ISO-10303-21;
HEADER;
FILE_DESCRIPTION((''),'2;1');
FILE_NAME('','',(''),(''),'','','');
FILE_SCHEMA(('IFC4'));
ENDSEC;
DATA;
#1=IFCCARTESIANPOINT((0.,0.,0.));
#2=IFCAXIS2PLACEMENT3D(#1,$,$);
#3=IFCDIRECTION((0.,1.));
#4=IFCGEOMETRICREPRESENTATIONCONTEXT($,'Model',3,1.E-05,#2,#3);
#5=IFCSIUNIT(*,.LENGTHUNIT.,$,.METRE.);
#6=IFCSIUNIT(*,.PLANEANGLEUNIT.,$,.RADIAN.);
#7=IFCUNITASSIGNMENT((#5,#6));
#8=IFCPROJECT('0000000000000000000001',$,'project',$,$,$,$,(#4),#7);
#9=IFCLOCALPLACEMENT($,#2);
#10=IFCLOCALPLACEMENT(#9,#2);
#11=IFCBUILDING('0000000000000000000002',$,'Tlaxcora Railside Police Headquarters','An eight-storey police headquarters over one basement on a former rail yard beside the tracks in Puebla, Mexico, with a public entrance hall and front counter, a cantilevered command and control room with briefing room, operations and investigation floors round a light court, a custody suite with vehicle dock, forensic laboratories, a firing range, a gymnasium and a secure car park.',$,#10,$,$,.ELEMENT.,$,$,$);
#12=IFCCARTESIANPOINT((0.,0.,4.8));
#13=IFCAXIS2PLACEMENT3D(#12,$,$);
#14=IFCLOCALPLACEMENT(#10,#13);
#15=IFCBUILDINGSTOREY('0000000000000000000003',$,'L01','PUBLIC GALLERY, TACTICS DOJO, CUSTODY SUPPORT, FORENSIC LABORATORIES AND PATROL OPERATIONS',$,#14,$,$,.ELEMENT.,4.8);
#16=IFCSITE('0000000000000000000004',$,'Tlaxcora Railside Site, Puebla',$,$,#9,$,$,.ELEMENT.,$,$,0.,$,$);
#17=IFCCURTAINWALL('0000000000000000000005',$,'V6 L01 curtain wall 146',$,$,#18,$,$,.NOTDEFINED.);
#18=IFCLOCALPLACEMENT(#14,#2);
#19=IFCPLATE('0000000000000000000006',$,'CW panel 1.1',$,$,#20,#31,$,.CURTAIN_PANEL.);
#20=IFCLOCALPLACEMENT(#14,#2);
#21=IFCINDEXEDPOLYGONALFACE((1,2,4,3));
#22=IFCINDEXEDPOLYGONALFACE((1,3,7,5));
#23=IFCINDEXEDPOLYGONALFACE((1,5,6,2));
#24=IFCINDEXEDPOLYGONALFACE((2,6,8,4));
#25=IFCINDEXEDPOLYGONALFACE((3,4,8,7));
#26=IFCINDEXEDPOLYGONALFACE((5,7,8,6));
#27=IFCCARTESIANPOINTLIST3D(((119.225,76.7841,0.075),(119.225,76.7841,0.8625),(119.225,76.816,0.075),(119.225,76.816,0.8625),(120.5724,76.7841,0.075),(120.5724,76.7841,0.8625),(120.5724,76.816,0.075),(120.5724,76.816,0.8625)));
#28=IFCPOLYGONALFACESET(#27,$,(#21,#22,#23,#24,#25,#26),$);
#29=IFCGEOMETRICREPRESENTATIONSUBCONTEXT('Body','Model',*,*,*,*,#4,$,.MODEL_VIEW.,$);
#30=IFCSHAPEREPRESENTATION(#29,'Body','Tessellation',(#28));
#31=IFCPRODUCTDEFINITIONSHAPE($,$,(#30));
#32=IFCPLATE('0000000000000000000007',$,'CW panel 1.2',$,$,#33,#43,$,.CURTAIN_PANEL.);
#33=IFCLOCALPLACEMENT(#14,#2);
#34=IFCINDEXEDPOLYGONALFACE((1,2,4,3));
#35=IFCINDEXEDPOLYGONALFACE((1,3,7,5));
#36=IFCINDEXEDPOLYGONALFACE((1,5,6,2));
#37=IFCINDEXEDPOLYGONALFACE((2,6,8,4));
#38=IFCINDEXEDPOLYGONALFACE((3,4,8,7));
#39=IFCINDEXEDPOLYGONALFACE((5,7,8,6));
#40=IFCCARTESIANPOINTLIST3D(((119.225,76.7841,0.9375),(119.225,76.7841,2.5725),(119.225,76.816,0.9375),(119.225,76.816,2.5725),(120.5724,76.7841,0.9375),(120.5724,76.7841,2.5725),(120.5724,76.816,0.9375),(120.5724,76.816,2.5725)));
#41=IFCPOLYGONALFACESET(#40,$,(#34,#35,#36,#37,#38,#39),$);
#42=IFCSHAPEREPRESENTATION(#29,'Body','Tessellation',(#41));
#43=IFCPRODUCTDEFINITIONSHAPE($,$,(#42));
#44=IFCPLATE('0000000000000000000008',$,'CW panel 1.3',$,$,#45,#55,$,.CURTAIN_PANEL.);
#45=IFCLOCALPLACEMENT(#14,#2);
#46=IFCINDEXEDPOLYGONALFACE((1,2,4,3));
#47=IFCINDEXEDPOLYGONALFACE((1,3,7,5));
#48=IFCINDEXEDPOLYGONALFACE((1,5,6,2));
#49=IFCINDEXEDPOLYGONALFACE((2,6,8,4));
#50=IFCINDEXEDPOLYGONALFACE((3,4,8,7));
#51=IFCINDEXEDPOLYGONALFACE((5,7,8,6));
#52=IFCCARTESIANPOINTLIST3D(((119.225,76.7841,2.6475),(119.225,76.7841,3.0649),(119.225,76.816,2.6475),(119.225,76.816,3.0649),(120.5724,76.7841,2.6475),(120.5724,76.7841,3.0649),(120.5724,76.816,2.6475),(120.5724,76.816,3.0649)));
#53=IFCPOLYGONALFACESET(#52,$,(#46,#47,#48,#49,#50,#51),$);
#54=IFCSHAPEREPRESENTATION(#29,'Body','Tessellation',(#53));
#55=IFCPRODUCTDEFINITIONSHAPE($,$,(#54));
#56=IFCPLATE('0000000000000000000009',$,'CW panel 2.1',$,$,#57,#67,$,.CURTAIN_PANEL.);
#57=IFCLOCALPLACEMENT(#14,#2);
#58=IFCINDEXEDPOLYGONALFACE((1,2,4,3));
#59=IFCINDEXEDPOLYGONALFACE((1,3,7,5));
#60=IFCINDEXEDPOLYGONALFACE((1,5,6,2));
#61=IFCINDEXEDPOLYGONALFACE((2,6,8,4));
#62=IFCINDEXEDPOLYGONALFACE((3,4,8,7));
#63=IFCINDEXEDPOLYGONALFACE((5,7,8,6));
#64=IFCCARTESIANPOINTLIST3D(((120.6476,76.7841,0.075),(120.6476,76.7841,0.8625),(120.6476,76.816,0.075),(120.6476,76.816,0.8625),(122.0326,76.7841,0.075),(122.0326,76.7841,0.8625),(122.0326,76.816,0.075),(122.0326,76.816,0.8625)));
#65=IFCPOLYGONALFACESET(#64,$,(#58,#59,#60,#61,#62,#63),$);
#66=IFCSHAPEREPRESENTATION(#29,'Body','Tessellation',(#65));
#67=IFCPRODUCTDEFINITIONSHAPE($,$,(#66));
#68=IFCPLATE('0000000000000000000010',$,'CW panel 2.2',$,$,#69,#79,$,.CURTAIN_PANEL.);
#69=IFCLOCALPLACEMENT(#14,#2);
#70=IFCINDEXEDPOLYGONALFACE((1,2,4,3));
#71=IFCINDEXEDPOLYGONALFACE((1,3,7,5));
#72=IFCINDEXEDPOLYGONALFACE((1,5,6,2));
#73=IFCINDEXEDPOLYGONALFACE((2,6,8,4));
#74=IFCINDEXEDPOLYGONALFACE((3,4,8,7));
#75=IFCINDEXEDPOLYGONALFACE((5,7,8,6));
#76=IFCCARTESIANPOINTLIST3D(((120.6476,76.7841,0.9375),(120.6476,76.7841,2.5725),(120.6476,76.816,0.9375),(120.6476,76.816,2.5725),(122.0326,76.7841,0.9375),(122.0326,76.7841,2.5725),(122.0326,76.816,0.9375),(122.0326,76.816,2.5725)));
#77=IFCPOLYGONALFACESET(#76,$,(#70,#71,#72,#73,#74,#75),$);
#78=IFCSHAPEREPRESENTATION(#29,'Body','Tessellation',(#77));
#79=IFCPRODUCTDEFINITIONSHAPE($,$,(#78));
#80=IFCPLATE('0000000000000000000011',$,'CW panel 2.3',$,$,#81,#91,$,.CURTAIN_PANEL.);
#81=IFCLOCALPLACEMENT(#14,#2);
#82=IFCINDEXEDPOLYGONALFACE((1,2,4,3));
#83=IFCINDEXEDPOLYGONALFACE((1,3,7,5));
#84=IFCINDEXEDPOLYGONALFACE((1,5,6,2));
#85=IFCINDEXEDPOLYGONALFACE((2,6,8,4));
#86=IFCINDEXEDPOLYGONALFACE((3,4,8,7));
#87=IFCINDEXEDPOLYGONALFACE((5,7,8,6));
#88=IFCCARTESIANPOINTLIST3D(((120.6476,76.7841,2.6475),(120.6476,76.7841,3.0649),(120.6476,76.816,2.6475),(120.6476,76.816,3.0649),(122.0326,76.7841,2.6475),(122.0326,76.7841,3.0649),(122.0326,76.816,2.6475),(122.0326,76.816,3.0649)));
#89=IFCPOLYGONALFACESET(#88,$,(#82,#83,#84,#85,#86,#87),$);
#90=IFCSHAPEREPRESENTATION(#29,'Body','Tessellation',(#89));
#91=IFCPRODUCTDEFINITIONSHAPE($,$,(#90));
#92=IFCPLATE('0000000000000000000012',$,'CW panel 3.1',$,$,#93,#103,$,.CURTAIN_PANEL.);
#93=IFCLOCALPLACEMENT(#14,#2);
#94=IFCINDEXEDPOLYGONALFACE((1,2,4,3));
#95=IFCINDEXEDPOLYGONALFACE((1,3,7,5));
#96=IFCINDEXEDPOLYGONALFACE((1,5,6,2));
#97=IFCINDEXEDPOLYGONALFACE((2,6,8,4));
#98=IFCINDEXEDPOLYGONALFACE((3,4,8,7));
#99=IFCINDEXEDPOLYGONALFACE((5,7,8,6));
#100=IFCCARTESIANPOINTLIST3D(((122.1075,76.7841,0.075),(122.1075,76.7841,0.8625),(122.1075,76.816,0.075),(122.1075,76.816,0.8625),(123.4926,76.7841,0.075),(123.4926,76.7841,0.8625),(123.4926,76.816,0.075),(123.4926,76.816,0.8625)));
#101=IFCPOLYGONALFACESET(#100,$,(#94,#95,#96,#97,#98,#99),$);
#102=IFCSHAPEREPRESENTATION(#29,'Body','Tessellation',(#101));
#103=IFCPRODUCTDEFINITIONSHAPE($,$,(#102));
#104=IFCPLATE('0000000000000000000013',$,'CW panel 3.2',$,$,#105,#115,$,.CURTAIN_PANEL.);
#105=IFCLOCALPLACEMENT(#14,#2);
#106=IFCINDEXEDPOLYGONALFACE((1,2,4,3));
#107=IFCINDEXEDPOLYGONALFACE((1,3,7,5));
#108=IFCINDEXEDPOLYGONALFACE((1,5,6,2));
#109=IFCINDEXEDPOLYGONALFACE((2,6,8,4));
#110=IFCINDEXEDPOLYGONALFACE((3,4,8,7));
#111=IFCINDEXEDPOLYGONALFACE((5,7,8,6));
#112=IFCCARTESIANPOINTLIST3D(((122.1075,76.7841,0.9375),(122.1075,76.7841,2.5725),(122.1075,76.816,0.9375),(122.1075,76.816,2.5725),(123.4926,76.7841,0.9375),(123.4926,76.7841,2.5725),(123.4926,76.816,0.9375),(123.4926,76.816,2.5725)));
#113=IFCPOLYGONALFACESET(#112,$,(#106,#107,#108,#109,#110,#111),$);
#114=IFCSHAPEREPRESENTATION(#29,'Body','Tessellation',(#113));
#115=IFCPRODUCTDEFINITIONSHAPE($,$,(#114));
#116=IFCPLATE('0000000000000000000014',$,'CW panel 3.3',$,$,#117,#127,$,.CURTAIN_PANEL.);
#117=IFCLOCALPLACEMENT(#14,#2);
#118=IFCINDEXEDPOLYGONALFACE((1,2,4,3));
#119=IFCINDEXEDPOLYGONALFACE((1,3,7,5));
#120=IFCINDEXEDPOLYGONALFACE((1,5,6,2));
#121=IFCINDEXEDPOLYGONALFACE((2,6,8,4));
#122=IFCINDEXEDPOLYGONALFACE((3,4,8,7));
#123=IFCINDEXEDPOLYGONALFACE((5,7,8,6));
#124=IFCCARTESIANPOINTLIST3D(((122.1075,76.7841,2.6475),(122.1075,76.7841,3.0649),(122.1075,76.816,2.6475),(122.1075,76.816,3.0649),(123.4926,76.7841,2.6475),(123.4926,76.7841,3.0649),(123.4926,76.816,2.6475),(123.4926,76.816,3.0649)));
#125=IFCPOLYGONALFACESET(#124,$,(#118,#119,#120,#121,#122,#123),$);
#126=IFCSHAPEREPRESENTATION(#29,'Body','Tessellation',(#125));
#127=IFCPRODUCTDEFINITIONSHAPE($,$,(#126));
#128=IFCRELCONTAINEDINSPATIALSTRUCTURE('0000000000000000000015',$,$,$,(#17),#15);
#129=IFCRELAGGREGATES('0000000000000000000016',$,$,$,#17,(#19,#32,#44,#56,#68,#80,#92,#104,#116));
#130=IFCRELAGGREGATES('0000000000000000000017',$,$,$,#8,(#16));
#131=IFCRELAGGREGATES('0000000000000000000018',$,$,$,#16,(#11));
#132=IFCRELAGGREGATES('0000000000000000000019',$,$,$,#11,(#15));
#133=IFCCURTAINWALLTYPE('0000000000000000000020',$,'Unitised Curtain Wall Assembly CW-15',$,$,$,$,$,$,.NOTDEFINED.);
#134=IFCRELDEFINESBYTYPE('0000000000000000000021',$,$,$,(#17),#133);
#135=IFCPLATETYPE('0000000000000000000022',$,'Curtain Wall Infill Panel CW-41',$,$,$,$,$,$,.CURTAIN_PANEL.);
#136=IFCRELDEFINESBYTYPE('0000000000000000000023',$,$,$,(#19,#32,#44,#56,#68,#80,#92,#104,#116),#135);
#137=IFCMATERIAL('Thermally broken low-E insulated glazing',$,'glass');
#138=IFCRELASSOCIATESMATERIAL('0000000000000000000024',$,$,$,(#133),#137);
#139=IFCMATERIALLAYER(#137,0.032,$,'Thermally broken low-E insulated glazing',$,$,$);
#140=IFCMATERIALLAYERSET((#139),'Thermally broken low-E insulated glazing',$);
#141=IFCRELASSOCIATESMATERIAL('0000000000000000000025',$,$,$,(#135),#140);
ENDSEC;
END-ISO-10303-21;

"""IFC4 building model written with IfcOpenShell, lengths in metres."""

from ifc_helpers import new_model, si_unit, direction, frame, origin, origin_2d, place, context, subcontext, project, spatial, rectangle, extrude, material, layer, layer_set, type_object, element, aggregate, save


model = new_model("IFC4")

# Units and contexts
model_context = context("Model", 3, precision=1e-05, world=origin(), true_north=direction((0.0, 1.0)))
body_context = subcontext(model_context, "Body", "Model", "MODEL_VIEW")
ifc_project = project(units=[si_unit("LENGTHUNIT", "METRE"), si_unit("PLANEANGLEUNIT", "RADIAN")], contexts=[model_context])

# Site, building, storey
site_placement = place(None, origin())
site = spatial("IfcSite", under=ifc_project, at=site_placement, Name="Tlaxcora Railside Site, Puebla", CompositionType="ELEMENT", RefElevation=0.0)
building_placement = place(site_placement, origin())
building = spatial("IfcBuilding", under=site, at=building_placement, Name="Tlaxcora Railside Police Headquarters", Description="An eight-storey police headquarters over one basement on a former rail yard beside the tracks in Puebla, Mexico, with a public entrance hall and front counter, a cantilevered command and control room with briefing room, operations and investigation floors round a light court, a custody suite with vehicle dock, forensic laboratories, a firing range, a gymnasium and a secure car park.", CompositionType="ELEMENT")
storey_placement = place(building_placement, frame((0.0, 0.0, 4.8)))
storey = spatial("IfcBuildingStorey", under=building, at=storey_placement, Name="L01", Description="PUBLIC GALLERY, TACTICS DOJO, CUSTODY SUPPORT, FORENSIC LABORATORIES AND PATROL OPERATIONS", CompositionType="ELEMENT", Elevation=4.8)

# Curtain wall
ifc_material_1 = material(Name="Thermally broken low-E insulated glazing", Category="glass")
curtain_wall_type = type_object("IfcCurtainWallType", Name="Unitised Curtain Wall Assembly CW-15", PredefinedType="NOTDEFINED", material=ifc_material_1)
curtain_wall_placement = place(storey_placement, origin())
curtain_wall = element("IfcCurtainWall", 1, at=curtain_wall_placement, inside=storey, type_object=curtain_wall_type, Name="V6 L01 curtain wall 146", PredefinedType="NOTDEFINED")

# Plates
ifc_layer = layer(ifc_material_1, 0.032, Name="Thermally broken low-E insulated glazing")
ifc_layer_set = layer_set([ifc_layer], Name="Thermally broken low-E insulated glazing")
plate_type = type_object("IfcPlateType", Name="Curtain Wall Infill Panel CW-41", PredefinedType="CURTAIN_PANEL", material=ifc_layer_set)
plate_1_placement = place(storey_placement, frame((119.8987, 76.8, 0.075), z_axis=(0.0, 0.0, 1.0), x_axis=(1.0, 0.0, 0.0)))
plate_1 = element("IfcPlate", 2, at=plate_1_placement, type_object=plate_type, Name="CW panel 1.1", PredefinedType="CURTAIN_PANEL", context=body_context, shape_type="SweptSolid", body=[
    extrude(rectangle(XDim=1.3474, YDim=0.032, at=origin_2d()), origin(), (0.0, 0.0, 1.0), 0.7876),
])
plate_2_placement = place(storey_placement, frame((119.8987, 76.8, 0.9375), z_axis=(0.0, 0.0, 1.0), x_axis=(1.0, 0.0, 0.0)))
plate_2 = element("IfcPlate", 3, at=plate_2_placement, type_object=plate_type, Name="CW panel 1.2", PredefinedType="CURTAIN_PANEL", context=body_context, shape_type="SweptSolid", body=[
    extrude(rectangle(XDim=1.3474, YDim=0.032, at=origin_2d()), origin(), (0.0, 0.0, 1.0), 1.635),
])
plate_3_placement = place(storey_placement, frame((119.8987, 76.8, 2.6475), z_axis=(0.0, 0.0, 1.0), x_axis=(1.0, 0.0, 0.0)))
plate_3 = element("IfcPlate", 4, at=plate_3_placement, type_object=plate_type, Name="CW panel 1.3", PredefinedType="CURTAIN_PANEL", context=body_context, shape_type="SweptSolid", body=[
    extrude(rectangle(XDim=1.3474, YDim=0.032, at=origin_2d()), origin(), (0.0, 0.0, 1.0), 0.4175),
])
plate_4_placement = place(storey_placement, frame((121.3401, 76.8, 0.075), z_axis=(0.0, 0.0, 1.0), x_axis=(1.0, 0.0, 0.0)))
plate_4 = element("IfcPlate", 5, at=plate_4_placement, type_object=plate_type, Name="CW panel 2.1", PredefinedType="CURTAIN_PANEL", context=body_context, shape_type="SweptSolid", body=[
    extrude(rectangle(XDim=1.385, YDim=0.032, at=origin_2d()), origin(), (0.0, 0.0, 1.0), 0.7876),
])
plate_5_placement = place(storey_placement, frame((121.3401, 76.8, 0.9375), z_axis=(0.0, 0.0, 1.0), x_axis=(1.0, 0.0, 0.0)))
plate_5 = element("IfcPlate", 6, at=plate_5_placement, type_object=plate_type, Name="CW panel 2.2", PredefinedType="CURTAIN_PANEL", context=body_context, shape_type="SweptSolid", body=[
    extrude(rectangle(XDim=1.385, YDim=0.032, at=origin_2d()), origin(), (0.0, 0.0, 1.0), 1.635),
])
plate_6_placement = place(storey_placement, frame((121.3401, 76.8, 2.6475), z_axis=(0.0, 0.0, 1.0), x_axis=(1.0, 0.0, 0.0)))
plate_6 = element("IfcPlate", 7, at=plate_6_placement, type_object=plate_type, Name="CW panel 2.3", PredefinedType="CURTAIN_PANEL", context=body_context, shape_type="SweptSolid", body=[
    extrude(rectangle(XDim=1.385, YDim=0.032, at=origin_2d()), origin(), (0.0, 0.0, 1.0), 0.4175),
])
plate_7_placement = place(storey_placement, frame((122.8, 76.8, 0.075), z_axis=(0.0, 0.0, 1.0), x_axis=(1.0, 0.0, 0.0)))
plate_7 = element("IfcPlate", 8, at=plate_7_placement, type_object=plate_type, Name="CW panel 3.1", PredefinedType="CURTAIN_PANEL", context=body_context, shape_type="SweptSolid", body=[
    extrude(rectangle(XDim=1.385, YDim=0.032, at=origin_2d()), origin(), (0.0, 0.0, 1.0), 0.7876),
])
plate_8_placement = place(storey_placement, frame((122.8, 76.8, 0.9375), z_axis=(0.0, 0.0, 1.0), x_axis=(1.0, 0.0, 0.0)))
plate_8 = element("IfcPlate", 9, at=plate_8_placement, type_object=plate_type, Name="CW panel 3.2", PredefinedType="CURTAIN_PANEL", context=body_context, shape_type="SweptSolid", body=[
    extrude(rectangle(XDim=1.385, YDim=0.032, at=origin_2d()), origin(), (0.0, 0.0, 1.0), 1.635),
])
plate_9_placement = place(storey_placement, frame((122.8, 76.8, 2.6475), z_axis=(0.0, 0.0, 1.0), x_axis=(1.0, 0.0, 0.0)))
plate_9 = element("IfcPlate", 10, at=plate_9_placement, type_object=plate_type, Name="CW panel 3.3", PredefinedType="CURTAIN_PANEL", context=body_context, shape_type="SweptSolid", body=[
    extrude(rectangle(XDim=1.385, YDim=0.032, at=origin_2d()), origin(), (0.0, 0.0, 1.0), 0.4175),
])
aggregate(curtain_wall, [plate_1, plate_2, plate_3, plate_4, plate_5, plate_6, plate_7, plate_8, plate_9])

save(model, "model.ifc")
